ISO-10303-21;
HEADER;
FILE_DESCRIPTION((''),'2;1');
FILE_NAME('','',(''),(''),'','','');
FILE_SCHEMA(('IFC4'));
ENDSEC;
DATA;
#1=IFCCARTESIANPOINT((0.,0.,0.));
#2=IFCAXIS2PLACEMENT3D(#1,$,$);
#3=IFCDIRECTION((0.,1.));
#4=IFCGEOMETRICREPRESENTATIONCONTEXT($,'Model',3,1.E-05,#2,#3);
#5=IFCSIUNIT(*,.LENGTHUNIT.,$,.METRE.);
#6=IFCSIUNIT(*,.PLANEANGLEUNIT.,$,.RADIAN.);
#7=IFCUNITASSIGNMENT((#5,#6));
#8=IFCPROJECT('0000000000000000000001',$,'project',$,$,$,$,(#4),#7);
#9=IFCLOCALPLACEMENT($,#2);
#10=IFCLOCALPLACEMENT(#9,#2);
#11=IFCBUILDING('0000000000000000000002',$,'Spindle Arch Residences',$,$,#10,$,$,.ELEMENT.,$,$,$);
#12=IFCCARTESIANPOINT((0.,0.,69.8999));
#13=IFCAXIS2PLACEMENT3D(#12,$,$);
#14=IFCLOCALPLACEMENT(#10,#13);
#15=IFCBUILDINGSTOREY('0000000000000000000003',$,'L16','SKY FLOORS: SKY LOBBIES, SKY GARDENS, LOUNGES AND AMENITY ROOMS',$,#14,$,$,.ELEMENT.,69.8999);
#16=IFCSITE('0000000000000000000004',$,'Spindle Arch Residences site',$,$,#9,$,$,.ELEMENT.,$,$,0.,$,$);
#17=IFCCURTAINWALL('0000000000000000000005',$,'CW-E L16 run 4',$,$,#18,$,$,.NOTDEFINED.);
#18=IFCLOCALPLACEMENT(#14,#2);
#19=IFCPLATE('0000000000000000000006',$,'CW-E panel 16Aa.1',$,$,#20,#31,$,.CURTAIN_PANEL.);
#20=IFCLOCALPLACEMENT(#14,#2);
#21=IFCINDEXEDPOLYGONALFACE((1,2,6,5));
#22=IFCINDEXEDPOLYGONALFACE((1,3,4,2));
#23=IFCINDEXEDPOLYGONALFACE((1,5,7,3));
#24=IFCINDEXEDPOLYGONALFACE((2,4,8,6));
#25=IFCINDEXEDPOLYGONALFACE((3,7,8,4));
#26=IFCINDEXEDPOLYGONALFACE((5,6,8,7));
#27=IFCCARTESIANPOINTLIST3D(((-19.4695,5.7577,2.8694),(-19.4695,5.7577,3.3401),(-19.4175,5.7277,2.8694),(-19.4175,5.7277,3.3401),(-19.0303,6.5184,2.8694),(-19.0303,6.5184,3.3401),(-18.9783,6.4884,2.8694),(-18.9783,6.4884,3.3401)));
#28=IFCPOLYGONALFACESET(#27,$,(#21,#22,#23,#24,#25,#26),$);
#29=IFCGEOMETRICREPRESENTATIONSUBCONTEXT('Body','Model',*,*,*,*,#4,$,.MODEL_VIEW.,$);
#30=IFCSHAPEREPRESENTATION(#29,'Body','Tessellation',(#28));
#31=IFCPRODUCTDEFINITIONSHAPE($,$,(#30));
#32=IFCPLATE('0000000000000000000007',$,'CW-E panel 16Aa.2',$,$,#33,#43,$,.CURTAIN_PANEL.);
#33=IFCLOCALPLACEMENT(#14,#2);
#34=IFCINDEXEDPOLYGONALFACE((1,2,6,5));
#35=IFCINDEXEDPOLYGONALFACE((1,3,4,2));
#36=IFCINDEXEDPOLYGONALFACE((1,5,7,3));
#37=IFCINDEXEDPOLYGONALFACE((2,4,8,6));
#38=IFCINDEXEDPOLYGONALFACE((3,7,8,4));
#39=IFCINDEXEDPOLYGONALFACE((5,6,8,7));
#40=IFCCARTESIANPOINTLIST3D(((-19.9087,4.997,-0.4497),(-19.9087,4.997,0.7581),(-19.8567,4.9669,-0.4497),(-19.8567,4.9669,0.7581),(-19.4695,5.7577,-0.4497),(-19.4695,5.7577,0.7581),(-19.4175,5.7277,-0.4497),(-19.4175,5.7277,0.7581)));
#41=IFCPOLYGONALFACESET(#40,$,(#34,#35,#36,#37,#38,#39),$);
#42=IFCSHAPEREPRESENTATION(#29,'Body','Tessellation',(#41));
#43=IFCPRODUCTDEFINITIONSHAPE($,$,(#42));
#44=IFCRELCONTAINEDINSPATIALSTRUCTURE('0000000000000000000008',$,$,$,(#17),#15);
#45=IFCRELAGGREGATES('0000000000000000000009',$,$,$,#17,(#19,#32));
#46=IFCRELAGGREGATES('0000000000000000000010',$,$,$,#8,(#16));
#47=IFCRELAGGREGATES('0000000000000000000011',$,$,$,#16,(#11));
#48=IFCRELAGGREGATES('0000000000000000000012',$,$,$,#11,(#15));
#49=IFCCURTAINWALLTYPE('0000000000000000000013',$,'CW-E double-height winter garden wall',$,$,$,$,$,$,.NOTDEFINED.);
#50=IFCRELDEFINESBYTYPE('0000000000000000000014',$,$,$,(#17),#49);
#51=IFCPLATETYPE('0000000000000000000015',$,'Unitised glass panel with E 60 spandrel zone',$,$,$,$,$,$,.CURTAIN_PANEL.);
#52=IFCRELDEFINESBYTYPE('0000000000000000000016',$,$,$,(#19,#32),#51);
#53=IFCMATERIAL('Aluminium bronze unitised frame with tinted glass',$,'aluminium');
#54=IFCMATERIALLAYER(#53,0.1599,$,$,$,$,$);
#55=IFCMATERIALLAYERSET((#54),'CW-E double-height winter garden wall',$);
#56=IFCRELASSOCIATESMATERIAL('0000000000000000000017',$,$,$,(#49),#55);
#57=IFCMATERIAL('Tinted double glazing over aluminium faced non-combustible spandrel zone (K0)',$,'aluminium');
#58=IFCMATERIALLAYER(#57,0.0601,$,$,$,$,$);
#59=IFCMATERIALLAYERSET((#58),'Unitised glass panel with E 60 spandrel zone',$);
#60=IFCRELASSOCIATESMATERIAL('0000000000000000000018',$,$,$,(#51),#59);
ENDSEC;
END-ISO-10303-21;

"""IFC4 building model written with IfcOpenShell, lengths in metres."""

from ifc_helpers import new_model, si_unit, direction, frame, origin, origin_2d, place, context, subcontext, project, spatial, rectangle, extrude, material, layer, layer_set, type_object, element, aggregate, save


model = new_model("IFC4")

# Units and contexts
model_context = context("Model", 3, precision=1e-05, world=origin(), true_north=direction((0.0, 1.0)))
body_context = subcontext(model_context, "Body", "Model", "MODEL_VIEW")
ifc_project = project(units=[si_unit("LENGTHUNIT", "METRE"), si_unit("PLANEANGLEUNIT", "RADIAN")], contexts=[model_context])

# Site, building, storey
site_placement = place(None, origin())
site = spatial("IfcSite", under=ifc_project, at=site_placement, Name="Spindle Arch Residences site", CompositionType="ELEMENT", RefElevation=0.0)
building_placement = place(site_placement, origin())
building = spatial("IfcBuilding", under=site, at=building_placement, Name="Spindle Arch Residences", CompositionType="ELEMENT")
storey_placement = place(building_placement, frame((0.0, 0.0, 69.8999)))
storey = spatial("IfcBuildingStorey", under=building, at=storey_placement, Name="L16", Description="SKY FLOORS: SKY LOBBIES, SKY GARDENS, LOUNGES AND AMENITY ROOMS", CompositionType="ELEMENT", Elevation=69.8999)

# Curtain wall, plates
ifc_material_1 = material(Name="Aluminium bronze unitised frame with tinted glass", Category="aluminium")
ifc_layer_1 = layer(ifc_material_1, 0.1599)
ifc_layer_set_1 = layer_set([ifc_layer_1], Name="CW-E double-height winter garden wall")
curtain_wall_type = type_object("IfcCurtainWallType", Name="CW-E double-height winter garden wall", PredefinedType="NOTDEFINED", material=ifc_layer_set_1)
curtain_wall_placement = place(storey_placement, origin())
curtain_wall = element("IfcCurtainWall", 1, at=curtain_wall_placement, inside=storey, type_object=curtain_wall_type, Name="CW-E L16 run 4", PredefinedType="NOTDEFINED")
ifc_material_2 = material(Name="Tinted double glazing over aluminium faced non-combustible spandrel zone (K0)", Category="aluminium")
ifc_layer_2 = layer(ifc_material_2, 0.0601)
ifc_layer_set_2 = layer_set([ifc_layer_2], Name="Unitised glass panel with E 60 spandrel zone")
plate_type_1 = type_object("IfcPlateType", Name="Unitised glass panel with E 60 spandrel zone", PredefinedType="CURTAIN_PANEL", material=ifc_layer_set_2)
plate_1_placement = place(storey_placement, frame((-19.2239, 6.123, 2.8694), z_axis=(0.0, 0.0, 1.0), x_axis=(-0.5, -0.866025, 0.0)))
plate_1 = element("IfcPlate", 2, at=plate_1_placement, type_object=plate_type_1, Name="CW-E panel 16Aa.1", PredefinedType="CURTAIN_PANEL", context=body_context, shape_type="SweptSolid", body=[
    extrude(rectangle(XDim=0.8784, YDim=0.0601, at=origin_2d()), origin(), (0.0, 0.0, 1.0), 0.4707),
])
plate_2_placement = place(storey_placement, frame((-19.6631, 5.3623, -0.4497), z_axis=(0.0, 0.0, 1.0), x_axis=(-0.5, -0.866025, 0.0)))
plate_2 = element("IfcPlate", 3, at=plate_2_placement, type_object=plate_type_1, Name="CW-E panel 16Aa.2", PredefinedType="CURTAIN_PANEL", context=body_context, shape_type="SweptSolid", body=[
    extrude(rectangle(XDim=0.8784, YDim=0.0601, at=origin_2d()), origin(), (0.0, 0.0, 1.0), 1.2078),
])
aggregate(curtain_wall, [plate_1, plate_2])

save(model, "model.ifc")
